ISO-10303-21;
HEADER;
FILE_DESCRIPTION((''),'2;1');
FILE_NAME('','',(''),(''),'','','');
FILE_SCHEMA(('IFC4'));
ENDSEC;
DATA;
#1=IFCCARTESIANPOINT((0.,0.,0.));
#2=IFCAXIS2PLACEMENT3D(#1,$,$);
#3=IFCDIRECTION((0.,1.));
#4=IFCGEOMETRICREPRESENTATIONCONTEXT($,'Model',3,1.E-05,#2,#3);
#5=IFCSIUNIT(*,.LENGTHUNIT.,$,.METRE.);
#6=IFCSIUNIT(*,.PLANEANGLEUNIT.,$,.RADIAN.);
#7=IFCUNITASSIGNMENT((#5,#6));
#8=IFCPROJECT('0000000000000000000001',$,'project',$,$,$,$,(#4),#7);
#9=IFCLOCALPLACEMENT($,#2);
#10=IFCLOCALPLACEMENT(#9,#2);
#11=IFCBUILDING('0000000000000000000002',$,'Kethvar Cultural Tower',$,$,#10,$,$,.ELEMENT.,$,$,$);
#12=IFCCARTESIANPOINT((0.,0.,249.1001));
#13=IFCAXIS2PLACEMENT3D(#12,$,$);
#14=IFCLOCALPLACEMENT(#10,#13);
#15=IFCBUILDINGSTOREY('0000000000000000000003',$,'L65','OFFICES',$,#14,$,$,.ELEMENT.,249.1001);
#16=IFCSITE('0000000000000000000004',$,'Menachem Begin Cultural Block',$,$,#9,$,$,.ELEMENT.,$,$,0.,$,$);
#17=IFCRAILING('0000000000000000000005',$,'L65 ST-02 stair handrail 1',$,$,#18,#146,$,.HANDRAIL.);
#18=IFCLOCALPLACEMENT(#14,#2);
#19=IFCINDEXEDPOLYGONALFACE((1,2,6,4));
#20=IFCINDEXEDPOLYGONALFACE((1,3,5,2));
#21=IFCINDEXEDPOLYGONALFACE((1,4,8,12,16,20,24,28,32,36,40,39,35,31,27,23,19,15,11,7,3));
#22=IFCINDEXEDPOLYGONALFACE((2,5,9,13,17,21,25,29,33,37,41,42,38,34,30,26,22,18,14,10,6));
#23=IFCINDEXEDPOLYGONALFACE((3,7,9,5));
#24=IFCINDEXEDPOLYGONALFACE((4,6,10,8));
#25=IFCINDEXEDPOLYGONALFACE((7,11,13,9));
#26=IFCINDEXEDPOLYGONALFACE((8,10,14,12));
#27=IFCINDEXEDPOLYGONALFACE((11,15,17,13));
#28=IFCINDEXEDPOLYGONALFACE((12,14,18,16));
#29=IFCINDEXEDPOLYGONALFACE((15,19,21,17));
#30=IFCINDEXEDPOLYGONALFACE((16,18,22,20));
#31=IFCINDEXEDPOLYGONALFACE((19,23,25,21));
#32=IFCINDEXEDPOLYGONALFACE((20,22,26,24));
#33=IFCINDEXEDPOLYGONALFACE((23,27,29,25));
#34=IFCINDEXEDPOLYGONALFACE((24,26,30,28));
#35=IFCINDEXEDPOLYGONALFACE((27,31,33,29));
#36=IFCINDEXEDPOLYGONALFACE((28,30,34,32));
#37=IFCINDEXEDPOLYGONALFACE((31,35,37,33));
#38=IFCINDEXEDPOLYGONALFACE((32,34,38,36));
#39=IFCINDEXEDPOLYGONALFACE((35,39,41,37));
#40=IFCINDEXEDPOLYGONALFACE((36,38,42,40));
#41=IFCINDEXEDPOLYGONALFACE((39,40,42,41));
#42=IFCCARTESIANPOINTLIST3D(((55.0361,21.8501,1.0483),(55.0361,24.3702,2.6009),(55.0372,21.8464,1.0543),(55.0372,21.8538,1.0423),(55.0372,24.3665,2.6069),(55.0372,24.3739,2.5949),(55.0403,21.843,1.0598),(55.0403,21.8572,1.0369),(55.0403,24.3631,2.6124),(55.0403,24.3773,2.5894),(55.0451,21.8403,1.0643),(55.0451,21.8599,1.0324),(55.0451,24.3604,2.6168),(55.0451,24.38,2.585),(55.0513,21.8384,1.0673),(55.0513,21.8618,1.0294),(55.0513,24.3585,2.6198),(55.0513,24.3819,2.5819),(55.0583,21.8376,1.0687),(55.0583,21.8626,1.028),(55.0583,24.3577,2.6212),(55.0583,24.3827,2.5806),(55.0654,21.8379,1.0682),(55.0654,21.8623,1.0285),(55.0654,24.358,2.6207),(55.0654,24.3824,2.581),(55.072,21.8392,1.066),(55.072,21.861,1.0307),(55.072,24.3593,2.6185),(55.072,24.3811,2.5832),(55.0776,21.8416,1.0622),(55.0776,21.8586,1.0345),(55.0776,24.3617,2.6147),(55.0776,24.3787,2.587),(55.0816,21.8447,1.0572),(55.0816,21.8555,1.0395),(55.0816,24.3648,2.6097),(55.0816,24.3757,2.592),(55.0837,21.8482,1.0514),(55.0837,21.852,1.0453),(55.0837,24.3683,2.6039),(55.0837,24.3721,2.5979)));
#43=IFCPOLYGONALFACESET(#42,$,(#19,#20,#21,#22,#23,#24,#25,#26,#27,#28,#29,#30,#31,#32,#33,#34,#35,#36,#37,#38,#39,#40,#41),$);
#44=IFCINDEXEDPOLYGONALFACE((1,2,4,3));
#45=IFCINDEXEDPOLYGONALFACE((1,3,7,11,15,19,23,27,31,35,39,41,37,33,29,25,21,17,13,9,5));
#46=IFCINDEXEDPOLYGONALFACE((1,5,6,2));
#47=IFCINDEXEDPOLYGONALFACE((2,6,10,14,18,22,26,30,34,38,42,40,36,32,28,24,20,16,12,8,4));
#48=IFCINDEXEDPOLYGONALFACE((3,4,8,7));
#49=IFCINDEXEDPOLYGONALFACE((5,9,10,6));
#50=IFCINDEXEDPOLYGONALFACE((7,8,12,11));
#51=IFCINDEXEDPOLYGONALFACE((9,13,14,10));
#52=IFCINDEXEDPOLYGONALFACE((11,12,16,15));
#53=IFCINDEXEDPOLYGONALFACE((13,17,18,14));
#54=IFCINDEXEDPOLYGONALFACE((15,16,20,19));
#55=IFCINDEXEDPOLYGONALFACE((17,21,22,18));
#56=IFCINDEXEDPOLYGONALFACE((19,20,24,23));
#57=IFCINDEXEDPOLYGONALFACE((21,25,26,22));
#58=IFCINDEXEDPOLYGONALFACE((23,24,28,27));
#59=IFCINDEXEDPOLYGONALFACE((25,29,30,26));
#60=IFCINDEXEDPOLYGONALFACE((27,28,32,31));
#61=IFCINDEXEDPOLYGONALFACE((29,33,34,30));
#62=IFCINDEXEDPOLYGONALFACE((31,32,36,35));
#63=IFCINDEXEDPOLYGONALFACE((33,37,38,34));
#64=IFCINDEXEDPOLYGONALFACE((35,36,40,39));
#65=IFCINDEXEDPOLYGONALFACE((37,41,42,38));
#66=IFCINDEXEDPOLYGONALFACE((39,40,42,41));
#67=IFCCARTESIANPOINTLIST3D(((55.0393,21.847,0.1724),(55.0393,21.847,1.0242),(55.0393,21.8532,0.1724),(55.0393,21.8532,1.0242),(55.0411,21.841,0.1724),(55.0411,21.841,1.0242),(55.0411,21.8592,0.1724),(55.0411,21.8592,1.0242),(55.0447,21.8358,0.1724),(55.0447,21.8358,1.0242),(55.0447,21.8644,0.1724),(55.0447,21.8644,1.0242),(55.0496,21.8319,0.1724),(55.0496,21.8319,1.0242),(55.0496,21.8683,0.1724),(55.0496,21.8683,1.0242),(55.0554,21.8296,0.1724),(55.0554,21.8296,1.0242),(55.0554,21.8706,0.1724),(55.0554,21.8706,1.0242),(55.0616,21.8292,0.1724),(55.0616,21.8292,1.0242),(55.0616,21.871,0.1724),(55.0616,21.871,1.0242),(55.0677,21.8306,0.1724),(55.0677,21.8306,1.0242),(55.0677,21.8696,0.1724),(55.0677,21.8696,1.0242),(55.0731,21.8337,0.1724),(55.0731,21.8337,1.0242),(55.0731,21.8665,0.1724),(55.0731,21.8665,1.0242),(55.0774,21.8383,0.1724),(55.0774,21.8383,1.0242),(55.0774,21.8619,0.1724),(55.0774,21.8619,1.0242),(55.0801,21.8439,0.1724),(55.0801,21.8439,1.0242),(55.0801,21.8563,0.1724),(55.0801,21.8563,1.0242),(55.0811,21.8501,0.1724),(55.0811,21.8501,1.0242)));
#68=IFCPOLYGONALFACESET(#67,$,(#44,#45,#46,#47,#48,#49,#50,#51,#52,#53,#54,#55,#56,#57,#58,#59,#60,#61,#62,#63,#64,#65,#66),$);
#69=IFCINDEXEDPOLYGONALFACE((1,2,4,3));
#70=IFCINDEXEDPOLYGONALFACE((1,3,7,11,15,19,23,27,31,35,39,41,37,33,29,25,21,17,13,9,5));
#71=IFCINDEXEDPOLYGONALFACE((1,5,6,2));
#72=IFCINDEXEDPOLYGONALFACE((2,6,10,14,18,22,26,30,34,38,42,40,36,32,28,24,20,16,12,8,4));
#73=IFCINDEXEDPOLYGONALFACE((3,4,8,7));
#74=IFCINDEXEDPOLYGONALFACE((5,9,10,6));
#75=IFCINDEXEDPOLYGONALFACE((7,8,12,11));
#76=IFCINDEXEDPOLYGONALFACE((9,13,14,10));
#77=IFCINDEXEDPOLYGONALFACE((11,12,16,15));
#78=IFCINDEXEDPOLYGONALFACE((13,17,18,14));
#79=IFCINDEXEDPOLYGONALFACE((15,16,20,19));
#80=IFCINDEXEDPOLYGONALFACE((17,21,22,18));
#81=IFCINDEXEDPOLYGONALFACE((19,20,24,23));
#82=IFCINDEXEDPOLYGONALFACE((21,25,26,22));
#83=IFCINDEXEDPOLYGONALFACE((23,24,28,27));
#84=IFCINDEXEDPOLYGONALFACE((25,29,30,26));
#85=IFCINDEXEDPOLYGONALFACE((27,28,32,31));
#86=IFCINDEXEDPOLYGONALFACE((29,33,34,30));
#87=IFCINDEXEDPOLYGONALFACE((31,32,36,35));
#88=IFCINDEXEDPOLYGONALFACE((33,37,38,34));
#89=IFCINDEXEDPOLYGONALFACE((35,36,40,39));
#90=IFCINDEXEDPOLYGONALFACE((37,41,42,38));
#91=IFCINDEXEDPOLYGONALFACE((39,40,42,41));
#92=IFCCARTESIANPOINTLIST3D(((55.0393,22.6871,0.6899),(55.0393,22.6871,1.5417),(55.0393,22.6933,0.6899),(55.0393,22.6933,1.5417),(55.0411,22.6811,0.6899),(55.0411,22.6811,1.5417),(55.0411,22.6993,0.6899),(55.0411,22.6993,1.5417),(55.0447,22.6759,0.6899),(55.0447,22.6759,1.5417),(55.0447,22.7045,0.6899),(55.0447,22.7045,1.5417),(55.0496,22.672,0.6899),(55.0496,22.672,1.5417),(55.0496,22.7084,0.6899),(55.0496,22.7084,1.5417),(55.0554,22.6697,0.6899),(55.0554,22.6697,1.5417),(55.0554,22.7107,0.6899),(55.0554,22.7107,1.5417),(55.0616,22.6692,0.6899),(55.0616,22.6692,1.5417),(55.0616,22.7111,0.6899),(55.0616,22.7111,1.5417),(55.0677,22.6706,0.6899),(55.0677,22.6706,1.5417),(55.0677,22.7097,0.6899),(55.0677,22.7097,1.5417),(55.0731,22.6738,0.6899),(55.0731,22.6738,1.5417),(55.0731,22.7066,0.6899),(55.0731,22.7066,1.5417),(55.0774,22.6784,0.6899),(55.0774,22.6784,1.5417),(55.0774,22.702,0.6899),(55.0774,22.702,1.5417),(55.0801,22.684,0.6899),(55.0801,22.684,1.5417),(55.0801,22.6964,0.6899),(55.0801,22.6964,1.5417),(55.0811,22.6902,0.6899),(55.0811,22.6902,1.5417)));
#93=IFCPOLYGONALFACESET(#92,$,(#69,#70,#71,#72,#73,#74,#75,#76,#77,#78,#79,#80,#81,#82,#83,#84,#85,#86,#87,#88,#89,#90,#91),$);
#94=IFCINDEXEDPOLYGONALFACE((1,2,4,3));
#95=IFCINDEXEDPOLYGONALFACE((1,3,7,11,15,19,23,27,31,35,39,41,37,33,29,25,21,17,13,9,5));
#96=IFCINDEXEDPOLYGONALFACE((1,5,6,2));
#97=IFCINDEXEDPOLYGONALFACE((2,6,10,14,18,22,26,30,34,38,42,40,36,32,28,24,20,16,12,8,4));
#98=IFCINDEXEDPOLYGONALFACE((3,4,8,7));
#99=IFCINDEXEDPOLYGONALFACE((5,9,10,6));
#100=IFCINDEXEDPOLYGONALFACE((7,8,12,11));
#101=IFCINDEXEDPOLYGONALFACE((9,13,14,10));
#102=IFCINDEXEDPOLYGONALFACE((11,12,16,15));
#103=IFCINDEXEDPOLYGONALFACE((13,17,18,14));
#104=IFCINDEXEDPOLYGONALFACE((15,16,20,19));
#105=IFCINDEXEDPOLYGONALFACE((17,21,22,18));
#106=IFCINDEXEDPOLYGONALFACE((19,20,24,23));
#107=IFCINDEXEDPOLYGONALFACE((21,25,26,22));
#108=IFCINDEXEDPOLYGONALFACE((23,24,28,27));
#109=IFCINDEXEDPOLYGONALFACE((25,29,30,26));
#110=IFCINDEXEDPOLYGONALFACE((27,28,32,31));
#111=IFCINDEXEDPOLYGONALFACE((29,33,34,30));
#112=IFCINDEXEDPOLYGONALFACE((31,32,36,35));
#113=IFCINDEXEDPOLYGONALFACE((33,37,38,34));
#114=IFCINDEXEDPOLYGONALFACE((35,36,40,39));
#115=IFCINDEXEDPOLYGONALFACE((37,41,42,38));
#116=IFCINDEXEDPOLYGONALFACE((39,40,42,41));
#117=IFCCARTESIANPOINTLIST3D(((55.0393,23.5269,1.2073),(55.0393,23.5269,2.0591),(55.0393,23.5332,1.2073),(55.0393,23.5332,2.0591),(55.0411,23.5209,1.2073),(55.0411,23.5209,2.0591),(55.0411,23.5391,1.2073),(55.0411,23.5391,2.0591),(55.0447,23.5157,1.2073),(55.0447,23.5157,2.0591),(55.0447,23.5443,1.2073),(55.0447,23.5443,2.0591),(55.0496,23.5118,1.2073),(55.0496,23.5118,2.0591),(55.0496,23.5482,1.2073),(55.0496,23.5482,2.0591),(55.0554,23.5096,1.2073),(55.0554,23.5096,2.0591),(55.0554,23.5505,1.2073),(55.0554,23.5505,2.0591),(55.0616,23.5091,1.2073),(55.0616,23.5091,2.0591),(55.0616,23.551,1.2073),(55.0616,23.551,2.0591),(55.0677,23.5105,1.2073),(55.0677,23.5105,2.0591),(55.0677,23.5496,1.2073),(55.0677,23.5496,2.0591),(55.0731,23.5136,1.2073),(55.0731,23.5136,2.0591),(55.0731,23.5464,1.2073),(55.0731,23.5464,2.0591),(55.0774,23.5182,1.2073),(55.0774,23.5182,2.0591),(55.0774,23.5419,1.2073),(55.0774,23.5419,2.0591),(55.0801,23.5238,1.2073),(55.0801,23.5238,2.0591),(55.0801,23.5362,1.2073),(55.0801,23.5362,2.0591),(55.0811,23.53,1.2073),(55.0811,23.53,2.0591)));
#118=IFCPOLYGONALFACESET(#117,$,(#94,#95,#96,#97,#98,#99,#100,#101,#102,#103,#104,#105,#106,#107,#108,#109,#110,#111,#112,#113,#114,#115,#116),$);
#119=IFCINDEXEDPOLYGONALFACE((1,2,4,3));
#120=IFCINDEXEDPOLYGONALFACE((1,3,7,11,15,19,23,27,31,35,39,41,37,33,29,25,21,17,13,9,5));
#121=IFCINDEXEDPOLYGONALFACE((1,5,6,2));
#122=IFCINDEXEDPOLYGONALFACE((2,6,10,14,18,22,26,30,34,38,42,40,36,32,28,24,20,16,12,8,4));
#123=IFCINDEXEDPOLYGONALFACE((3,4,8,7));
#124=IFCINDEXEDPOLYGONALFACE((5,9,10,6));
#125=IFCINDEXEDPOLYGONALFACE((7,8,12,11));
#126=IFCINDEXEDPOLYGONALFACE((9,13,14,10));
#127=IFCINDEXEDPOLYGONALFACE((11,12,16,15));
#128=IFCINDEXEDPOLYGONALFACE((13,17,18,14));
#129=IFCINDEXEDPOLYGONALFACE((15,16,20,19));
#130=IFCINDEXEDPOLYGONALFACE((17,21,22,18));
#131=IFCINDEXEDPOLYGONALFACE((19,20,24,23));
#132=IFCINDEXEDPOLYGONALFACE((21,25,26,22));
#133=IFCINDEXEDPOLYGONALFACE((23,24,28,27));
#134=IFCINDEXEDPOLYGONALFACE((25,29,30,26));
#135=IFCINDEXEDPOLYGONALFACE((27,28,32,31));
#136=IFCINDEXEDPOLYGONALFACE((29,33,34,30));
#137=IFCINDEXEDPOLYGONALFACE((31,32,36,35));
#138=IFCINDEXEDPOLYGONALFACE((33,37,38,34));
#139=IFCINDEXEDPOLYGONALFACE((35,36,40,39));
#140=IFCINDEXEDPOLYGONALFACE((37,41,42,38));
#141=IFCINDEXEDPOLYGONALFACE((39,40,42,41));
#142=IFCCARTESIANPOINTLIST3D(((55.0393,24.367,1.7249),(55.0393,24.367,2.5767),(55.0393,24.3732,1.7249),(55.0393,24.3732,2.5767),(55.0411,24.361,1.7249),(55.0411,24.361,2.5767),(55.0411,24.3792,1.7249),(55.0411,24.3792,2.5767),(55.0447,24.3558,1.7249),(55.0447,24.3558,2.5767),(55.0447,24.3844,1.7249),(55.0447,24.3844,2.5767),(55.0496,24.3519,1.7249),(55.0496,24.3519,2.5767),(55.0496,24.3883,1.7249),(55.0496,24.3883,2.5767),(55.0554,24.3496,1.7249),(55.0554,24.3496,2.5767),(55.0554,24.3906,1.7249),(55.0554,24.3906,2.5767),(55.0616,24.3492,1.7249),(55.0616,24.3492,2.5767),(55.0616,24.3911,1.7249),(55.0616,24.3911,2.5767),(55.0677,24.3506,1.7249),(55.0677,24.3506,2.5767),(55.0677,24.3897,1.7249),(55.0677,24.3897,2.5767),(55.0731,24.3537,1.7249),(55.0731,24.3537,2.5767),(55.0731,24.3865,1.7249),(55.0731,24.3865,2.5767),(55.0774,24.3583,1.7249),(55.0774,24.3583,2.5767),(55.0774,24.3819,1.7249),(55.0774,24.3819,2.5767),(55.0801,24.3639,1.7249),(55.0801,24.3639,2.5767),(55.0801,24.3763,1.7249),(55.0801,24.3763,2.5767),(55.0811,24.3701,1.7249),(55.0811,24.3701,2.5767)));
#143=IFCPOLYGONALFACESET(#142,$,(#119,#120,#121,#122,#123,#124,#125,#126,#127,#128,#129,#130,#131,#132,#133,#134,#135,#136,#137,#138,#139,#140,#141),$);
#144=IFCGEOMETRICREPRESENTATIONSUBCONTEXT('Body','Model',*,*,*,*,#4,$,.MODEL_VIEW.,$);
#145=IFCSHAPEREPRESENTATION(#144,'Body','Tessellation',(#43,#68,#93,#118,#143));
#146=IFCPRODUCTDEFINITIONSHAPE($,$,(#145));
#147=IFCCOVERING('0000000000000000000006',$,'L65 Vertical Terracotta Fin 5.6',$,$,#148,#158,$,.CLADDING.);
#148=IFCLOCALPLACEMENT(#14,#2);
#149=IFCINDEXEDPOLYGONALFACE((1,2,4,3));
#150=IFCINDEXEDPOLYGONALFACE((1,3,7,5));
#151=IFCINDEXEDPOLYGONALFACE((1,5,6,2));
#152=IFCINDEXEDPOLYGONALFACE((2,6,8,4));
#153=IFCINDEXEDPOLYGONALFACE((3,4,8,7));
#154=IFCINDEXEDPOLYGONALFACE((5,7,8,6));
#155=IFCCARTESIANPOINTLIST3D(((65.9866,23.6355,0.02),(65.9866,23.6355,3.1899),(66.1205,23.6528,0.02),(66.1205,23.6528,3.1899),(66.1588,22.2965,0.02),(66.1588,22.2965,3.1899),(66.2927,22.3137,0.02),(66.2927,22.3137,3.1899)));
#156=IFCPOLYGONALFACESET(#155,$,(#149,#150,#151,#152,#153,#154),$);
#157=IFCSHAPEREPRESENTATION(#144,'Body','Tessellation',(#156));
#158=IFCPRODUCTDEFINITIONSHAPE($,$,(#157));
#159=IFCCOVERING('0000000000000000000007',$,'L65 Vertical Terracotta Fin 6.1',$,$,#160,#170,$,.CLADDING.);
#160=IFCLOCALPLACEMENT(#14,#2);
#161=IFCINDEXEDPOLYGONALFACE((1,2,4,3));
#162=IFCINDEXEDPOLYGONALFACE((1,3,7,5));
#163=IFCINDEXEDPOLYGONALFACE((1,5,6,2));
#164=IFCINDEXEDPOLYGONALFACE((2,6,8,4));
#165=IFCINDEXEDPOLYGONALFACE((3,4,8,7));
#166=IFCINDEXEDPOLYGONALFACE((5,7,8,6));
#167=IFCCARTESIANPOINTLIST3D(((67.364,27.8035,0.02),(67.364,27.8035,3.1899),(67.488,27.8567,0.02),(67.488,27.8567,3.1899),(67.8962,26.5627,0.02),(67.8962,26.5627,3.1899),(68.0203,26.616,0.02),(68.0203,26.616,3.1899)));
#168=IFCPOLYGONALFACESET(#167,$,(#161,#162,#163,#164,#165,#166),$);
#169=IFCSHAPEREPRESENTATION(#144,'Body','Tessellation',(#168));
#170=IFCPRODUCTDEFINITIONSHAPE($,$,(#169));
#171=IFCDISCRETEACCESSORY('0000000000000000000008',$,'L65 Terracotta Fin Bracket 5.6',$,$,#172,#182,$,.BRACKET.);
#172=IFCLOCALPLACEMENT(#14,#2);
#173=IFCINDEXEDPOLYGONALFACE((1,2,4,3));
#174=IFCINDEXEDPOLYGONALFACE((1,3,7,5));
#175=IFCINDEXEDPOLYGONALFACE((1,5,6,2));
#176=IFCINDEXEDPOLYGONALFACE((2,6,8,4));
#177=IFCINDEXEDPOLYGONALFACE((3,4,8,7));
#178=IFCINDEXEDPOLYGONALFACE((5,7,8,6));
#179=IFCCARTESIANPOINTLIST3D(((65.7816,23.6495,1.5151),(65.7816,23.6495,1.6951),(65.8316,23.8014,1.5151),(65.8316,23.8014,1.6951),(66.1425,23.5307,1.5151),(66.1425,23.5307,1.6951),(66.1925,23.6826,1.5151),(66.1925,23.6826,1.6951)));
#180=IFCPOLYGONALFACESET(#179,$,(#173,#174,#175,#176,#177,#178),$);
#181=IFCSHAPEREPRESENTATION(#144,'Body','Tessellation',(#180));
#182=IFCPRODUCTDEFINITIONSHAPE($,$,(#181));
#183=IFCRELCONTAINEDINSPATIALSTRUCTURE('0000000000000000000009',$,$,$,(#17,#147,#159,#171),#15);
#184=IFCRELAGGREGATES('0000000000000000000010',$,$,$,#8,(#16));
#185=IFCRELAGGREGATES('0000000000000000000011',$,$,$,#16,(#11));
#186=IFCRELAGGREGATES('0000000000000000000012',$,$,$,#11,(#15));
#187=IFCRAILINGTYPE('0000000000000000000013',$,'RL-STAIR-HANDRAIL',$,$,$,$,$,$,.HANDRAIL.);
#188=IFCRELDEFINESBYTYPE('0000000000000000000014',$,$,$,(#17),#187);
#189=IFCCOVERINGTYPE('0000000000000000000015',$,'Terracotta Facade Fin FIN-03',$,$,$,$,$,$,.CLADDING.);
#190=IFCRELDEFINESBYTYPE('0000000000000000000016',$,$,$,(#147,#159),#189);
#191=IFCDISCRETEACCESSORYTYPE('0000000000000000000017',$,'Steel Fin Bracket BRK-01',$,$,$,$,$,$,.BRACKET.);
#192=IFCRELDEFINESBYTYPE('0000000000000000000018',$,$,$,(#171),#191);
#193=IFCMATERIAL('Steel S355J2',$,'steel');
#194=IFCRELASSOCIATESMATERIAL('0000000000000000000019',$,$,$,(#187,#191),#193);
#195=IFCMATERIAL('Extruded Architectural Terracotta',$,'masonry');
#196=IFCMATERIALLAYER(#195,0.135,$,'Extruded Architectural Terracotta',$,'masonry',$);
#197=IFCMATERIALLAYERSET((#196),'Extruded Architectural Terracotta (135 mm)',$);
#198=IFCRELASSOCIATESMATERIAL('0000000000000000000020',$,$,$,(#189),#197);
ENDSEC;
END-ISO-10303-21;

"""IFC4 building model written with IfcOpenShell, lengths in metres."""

from ifc_helpers import new_model, si_unit, direction, frame, origin, origin_2d, place, context, subcontext, project, spatial, rectangle, circle, extrude, source, transform, mapped, material, layer, layer_set, type_object, element, save


model = new_model("IFC4")

# Units and contexts
model_context = context("Model", 3, precision=1e-05, world=origin(), true_north=direction((0.0, 1.0)))
body_context = subcontext(model_context, "Body", "Model", "MODEL_VIEW")
ifc_project = project(units=[si_unit("LENGTHUNIT", "METRE"), si_unit("PLANEANGLEUNIT", "RADIAN")], contexts=[model_context])

# Site, building, storey
site_placement = place(None, origin())
site = spatial("IfcSite", under=ifc_project, at=site_placement, Name="Menachem Begin Cultural Block", CompositionType="ELEMENT", RefElevation=0.0)
building_placement = place(site_placement, origin())
building = spatial("IfcBuilding", under=site, at=building_placement, Name="Kethvar Cultural Tower", CompositionType="ELEMENT")
storey_placement = place(building_placement, frame((0.0, 0.0, 249.1001)))
storey = spatial("IfcBuildingStorey", under=building, at=storey_placement, Name="L65", Description="OFFICES", CompositionType="ELEMENT", Elevation=249.1001)

# Shared definitions
ifc_material_1 = material(Name="Steel S355J2", Category="steel")

# Railing
railing_type = type_object("IfcRailingType", Name="RL-STAIR-HANDRAIL", PredefinedType="HANDRAIL", material=ifc_material_1)
railing_placement = place(storey_placement, frame((55.0601, 21.8501, 0.1724)))
element("IfcRailing", 1, at=railing_placement, inside=storey, type_object=railing_type, Name="L65 ST-02 stair handrail 1", PredefinedType="HANDRAIL", context=body_context, shape_type="SweptSolid", body=[
    extrude(circle(Radius=0.0239, at=origin_2d()), frame((0.0, 0.0, 0.876), z_axis=(0.0, 0.8514, 0.524516), x_axis=(-1.0, 0.0, 0.0)), (0.0, 0.0, 1.0), 2.96),
    extrude(circle(Radius=0.021, at=origin_2d()), origin(), (0.0, 0.0, 1.0), 0.8518),
    extrude(circle(Radius=0.021, at=origin_2d()), frame((0.0, 0.8401, 0.5176)), (0.0, 0.0, 1.0), 0.8518),
    extrude(circle(Radius=0.021, at=origin_2d()), frame((0.0, 1.6799, 1.0349)), (0.0, 0.0, 1.0), 0.8518),
    extrude(circle(Radius=0.021, at=origin_2d()), frame((0.0, 2.52, 1.5525)), (0.0, 0.0, 1.0), 0.8518),
])

# Coverings
ifc_material_2 = material(Name="Extruded Architectural Terracotta", Category="masonry")
ifc_layer_1 = layer(ifc_material_2, 0.135, Name="Extruded Architectural Terracotta", Category="masonry")
ifc_layer_set_1 = layer_set([ifc_layer_1], Name="Extruded Architectural Terracotta (135 mm)")
covering_type = type_object("IfcCoveringType", Name="Terracotta Facade Fin FIN-03", PredefinedType="CLADDING", material=ifc_layer_set_1)
shared_shape_1 = source(origin(), body_context, "Body", "SweptSolid", [
    extrude(rectangle(XDim=1.3501, YDim=0.135, at=origin_2d()), origin(), (0.0, 0.0, 1.0), 3.1699),
])
for number, where, z_axis, x_axis, name in (
    (2, (66.1396, 22.9746, 0.02), (0.0, 0.0, 1.0), (0.127584, -0.991828, 0.0), "L65 Vertical Terracotta Fin 5.6"),
    (3, (67.6921, 27.2097, 0.02), (0.0, 0.0, 1.0), (0.394263, -0.918998, 0.0), "L65 Vertical Terracotta Fin 6.1"),
):
    element("IfcCovering", number, at=place(storey_placement, frame(where, z_axis=z_axis, x_axis=x_axis)), inside=storey, type_object=covering_type, Name=name, PredefinedType="CLADDING", context=body_context, shape_type="MappedRepresentation", body=[
        mapped(shared_shape_1, transform((0.0, 0.0, 0.0), scale=1.0)),
    ])

# Discrete accessory
discrete_accessory_type = type_object("IfcDiscreteAccessoryType", Name="Steel Fin Bracket BRK-01", PredefinedType="BRACKET", material=ifc_material_1)
shared_shape_2 = source(origin(), body_context, "Body", "SweptSolid", [
    extrude(rectangle(XDim=0.3799, YDim=0.1599, at=origin_2d()), origin(), (0.0, 0.0, 1.0), 0.1799),
])
discrete_accessory_placement = place(storey_placement, frame((65.9871, 23.666, 1.5151), z_axis=(0.0, 0.0, 1.0), x_axis=(0.949863, -0.312667, 0.0)))
element("IfcDiscreteAccessory", 4, at=discrete_accessory_placement, inside=storey, type_object=discrete_accessory_type, Name="L65 Terracotta Fin Bracket 5.6", PredefinedType="BRACKET", context=body_context, shape_type="MappedRepresentation", body=[
    mapped(shared_shape_2, transform((0.0, 0.0, 0.0), scale=1.0)),
])

save(model, "model.ifc")
